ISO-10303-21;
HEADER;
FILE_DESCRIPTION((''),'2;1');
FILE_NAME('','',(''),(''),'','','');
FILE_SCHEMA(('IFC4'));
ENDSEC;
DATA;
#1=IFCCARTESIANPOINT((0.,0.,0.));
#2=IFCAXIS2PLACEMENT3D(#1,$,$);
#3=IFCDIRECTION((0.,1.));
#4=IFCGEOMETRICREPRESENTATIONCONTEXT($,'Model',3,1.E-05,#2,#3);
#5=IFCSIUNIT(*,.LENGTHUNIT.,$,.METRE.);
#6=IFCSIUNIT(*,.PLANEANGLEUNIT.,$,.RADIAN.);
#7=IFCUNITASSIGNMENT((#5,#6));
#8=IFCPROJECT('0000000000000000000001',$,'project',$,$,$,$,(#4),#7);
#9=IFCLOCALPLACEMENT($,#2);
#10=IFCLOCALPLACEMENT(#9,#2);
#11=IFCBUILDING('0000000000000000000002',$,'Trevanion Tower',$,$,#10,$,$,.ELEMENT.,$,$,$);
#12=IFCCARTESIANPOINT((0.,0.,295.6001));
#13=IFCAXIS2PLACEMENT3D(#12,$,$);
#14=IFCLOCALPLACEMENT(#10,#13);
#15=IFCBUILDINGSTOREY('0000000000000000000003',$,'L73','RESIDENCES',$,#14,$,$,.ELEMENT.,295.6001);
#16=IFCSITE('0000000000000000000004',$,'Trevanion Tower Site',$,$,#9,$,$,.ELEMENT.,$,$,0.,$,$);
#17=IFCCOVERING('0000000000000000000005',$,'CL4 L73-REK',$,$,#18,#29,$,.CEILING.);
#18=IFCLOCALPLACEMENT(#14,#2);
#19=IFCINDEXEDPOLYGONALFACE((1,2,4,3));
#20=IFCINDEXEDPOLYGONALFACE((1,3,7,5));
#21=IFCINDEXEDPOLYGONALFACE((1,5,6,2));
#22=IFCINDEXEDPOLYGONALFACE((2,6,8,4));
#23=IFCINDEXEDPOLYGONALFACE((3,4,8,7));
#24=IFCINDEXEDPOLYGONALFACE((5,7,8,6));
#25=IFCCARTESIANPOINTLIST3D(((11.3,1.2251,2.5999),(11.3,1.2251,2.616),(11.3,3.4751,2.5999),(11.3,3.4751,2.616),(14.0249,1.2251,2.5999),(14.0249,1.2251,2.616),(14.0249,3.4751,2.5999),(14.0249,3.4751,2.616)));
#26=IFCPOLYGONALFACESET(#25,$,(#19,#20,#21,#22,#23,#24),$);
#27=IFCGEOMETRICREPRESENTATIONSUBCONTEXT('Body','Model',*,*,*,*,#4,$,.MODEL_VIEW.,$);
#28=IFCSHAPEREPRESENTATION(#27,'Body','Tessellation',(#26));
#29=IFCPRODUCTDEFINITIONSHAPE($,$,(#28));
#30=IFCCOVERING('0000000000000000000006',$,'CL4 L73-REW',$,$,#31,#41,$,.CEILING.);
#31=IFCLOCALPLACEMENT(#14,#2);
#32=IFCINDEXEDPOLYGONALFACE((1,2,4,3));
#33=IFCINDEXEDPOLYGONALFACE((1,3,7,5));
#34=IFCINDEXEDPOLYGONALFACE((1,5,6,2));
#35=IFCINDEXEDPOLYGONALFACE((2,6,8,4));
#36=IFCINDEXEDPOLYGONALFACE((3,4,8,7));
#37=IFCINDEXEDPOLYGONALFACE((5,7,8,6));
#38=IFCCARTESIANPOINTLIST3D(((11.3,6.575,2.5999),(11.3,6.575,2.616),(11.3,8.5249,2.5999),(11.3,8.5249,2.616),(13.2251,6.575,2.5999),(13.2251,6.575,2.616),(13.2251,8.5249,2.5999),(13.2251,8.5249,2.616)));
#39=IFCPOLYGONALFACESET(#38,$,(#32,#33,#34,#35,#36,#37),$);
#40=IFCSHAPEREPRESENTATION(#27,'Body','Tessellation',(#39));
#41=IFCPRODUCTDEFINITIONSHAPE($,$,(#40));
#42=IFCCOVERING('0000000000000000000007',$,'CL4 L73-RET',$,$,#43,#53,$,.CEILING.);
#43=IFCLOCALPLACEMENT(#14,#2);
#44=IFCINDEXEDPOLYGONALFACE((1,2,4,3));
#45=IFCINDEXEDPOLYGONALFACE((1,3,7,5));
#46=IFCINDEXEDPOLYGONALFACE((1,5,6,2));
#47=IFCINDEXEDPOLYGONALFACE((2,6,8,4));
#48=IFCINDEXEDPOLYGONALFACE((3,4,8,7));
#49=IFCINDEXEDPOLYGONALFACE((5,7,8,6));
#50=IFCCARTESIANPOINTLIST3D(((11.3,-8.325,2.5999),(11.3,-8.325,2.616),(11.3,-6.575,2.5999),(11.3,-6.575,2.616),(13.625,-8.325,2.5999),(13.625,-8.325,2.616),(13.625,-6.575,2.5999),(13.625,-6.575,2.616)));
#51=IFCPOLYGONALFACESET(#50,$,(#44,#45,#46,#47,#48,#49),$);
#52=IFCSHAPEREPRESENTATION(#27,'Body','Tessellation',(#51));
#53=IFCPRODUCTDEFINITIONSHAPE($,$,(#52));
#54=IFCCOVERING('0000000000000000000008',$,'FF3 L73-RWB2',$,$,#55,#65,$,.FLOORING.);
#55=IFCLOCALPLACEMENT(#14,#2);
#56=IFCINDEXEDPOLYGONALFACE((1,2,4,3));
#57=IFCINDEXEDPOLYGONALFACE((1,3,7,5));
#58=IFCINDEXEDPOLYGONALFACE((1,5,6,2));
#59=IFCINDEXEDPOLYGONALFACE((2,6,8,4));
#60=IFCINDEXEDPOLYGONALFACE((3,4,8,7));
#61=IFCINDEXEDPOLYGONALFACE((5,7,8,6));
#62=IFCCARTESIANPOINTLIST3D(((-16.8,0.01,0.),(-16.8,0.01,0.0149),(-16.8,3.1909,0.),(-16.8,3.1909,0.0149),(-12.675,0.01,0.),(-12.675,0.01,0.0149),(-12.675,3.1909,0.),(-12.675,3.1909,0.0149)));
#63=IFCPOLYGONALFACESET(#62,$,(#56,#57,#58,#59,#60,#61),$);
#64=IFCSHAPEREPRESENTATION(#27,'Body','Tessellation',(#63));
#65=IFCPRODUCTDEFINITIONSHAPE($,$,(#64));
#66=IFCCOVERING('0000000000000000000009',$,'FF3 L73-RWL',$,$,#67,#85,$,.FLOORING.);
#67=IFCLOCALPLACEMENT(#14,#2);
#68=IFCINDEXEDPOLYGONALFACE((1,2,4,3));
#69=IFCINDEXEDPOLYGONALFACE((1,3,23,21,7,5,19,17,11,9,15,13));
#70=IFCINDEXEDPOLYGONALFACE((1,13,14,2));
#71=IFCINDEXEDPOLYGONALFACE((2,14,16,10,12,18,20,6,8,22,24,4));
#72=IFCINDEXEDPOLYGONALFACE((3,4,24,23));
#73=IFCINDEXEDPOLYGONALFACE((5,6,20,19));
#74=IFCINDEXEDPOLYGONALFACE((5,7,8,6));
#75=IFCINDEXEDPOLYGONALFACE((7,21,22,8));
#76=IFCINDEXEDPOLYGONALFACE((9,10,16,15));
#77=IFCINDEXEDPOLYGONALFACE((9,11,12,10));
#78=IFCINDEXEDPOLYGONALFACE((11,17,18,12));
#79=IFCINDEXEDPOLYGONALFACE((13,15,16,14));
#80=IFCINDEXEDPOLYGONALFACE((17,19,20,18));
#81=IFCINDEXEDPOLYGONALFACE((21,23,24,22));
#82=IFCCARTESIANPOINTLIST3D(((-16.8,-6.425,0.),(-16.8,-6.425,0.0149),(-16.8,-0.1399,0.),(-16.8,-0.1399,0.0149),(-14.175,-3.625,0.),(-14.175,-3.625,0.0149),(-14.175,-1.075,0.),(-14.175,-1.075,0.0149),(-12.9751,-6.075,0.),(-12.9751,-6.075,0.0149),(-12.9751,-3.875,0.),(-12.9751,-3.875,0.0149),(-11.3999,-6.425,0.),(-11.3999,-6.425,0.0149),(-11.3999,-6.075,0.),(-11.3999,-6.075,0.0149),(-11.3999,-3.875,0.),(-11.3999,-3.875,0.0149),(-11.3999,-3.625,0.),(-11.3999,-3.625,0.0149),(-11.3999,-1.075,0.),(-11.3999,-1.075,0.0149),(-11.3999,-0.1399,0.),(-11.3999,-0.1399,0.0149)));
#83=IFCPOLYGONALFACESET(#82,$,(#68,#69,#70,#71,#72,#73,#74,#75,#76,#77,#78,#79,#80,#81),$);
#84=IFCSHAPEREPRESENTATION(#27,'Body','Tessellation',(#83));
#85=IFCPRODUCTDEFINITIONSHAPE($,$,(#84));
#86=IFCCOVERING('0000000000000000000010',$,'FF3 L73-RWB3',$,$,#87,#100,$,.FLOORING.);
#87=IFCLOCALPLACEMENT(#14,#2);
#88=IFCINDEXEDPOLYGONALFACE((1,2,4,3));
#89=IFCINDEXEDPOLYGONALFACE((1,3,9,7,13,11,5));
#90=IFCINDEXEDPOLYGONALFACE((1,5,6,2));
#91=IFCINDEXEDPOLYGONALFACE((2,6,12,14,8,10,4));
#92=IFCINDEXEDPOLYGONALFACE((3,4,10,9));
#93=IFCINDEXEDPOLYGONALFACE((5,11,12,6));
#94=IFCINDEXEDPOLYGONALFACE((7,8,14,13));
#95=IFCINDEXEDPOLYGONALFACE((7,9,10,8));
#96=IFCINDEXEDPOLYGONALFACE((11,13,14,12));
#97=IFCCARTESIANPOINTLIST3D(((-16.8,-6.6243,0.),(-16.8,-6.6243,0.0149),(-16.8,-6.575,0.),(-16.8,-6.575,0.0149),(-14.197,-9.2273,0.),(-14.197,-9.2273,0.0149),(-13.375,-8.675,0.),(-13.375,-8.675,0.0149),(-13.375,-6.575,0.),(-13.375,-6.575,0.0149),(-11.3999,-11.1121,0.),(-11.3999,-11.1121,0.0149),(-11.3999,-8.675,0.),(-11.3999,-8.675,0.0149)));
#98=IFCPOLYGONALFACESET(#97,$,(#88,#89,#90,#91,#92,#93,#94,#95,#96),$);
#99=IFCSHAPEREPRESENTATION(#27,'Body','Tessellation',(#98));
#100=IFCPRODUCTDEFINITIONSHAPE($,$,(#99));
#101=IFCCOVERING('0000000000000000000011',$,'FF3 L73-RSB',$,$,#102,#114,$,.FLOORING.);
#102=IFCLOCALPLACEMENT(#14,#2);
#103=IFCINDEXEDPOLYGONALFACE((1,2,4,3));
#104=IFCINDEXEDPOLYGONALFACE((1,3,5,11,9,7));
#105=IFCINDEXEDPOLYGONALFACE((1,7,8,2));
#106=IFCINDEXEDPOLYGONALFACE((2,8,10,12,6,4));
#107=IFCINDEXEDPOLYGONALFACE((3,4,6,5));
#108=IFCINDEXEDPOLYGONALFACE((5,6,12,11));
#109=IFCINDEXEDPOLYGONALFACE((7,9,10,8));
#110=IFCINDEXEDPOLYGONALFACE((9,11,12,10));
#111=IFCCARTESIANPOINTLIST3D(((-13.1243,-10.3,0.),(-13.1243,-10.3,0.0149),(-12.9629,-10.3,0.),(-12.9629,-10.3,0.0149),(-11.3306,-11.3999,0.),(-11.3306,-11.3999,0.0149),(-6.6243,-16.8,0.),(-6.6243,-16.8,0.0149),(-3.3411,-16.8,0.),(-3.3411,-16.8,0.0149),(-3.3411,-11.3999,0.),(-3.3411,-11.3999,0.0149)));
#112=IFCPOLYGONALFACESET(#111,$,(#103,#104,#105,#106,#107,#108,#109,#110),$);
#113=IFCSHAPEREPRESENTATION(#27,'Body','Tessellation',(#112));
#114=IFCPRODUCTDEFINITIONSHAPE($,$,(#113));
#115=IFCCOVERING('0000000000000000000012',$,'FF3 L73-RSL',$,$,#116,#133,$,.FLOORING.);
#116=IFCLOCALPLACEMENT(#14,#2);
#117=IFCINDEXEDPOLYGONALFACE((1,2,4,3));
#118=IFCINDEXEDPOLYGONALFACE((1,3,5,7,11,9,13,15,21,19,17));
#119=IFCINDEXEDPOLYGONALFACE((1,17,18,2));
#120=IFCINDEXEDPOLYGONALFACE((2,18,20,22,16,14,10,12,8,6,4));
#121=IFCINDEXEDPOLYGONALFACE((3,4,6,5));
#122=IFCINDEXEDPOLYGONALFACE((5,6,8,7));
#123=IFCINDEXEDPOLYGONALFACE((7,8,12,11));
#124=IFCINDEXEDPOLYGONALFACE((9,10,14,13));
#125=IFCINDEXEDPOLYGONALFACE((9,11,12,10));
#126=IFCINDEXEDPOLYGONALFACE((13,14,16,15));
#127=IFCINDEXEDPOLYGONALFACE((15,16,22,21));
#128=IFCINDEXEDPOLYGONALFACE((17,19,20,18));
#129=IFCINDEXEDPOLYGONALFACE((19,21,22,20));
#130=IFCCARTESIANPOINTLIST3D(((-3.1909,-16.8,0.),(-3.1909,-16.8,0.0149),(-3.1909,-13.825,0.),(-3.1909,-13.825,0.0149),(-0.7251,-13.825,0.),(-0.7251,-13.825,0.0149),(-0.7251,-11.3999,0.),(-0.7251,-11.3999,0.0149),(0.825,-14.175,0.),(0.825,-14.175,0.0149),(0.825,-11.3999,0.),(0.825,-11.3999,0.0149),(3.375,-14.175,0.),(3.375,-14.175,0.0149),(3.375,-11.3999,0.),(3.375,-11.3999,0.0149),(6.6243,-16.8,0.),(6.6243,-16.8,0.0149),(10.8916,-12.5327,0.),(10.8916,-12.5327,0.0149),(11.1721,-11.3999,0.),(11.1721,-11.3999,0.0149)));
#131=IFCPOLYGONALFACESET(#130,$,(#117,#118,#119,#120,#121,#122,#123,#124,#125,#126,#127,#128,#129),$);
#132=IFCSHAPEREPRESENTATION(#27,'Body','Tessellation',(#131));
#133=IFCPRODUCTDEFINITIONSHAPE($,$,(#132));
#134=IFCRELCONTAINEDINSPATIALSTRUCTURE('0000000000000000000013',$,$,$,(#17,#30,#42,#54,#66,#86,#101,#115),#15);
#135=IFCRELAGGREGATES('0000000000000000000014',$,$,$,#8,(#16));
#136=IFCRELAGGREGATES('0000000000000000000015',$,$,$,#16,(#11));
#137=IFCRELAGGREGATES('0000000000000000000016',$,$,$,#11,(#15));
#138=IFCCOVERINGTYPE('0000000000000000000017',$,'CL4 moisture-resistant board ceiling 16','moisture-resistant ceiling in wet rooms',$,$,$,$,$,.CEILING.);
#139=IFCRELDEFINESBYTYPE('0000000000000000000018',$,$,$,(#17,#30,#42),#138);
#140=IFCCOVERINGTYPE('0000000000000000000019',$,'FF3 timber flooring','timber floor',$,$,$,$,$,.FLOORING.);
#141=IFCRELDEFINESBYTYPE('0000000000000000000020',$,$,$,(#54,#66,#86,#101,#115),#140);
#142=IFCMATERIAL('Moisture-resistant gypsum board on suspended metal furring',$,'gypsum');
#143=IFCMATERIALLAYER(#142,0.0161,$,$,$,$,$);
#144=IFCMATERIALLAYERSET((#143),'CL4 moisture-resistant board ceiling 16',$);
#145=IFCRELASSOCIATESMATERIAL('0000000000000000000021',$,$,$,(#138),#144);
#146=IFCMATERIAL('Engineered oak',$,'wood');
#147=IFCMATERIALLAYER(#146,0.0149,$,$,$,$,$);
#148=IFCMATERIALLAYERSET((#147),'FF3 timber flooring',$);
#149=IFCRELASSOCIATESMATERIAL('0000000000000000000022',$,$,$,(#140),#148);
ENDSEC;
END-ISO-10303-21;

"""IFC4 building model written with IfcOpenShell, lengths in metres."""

from ifc_helpers import new_model, si_unit, direction, frame, origin, place, context, subcontext, project, spatial, polyline, outline, extrude, material, layer, layer_set, type_object, element, save


model = new_model("IFC4")

# Units and contexts
model_context = context("Model", 3, precision=1e-05, world=origin(), true_north=direction((0.0, 1.0)))
body_context = subcontext(model_context, "Body", "Model", "MODEL_VIEW")
ifc_project = project(units=[si_unit("LENGTHUNIT", "METRE"), si_unit("PLANEANGLEUNIT", "RADIAN")], contexts=[model_context])

# Site, building, storey
site_placement = place(None, origin())
site = spatial("IfcSite", under=ifc_project, at=site_placement, Name="Trevanion Tower Site", CompositionType="ELEMENT", RefElevation=0.0)
building_placement = place(site_placement, origin())
building = spatial("IfcBuilding", under=site, at=building_placement, Name="Trevanion Tower", CompositionType="ELEMENT")
storey_placement = place(building_placement, frame((0.0, 0.0, 295.6001)))
storey = spatial("IfcBuildingStorey", under=building, at=storey_placement, Name="L73", Description="RESIDENCES", CompositionType="ELEMENT", Elevation=295.6001)

# Coverings
ifc_material_1 = material(Name="Moisture-resistant gypsum board on suspended metal furring", Category="gypsum")
ifc_layer_1 = layer(ifc_material_1, 0.0161)
ifc_layer_set_1 = layer_set([ifc_layer_1], Name="CL4 moisture-resistant board ceiling 16")
covering_type_1 = type_object("IfcCoveringType", Name="CL4 moisture-resistant board ceiling 16", Description="moisture-resistant ceiling in wet rooms", PredefinedType="CEILING", material=ifc_layer_set_1)
covering_1_placement = place(storey_placement, frame((0.0, 0.0, 2.5999)))
element("IfcCovering", 1, at=covering_1_placement, inside=storey, type_object=covering_type_1, Name="CL4 L73-REK", PredefinedType="CEILING", context=body_context, shape_type="SweptSolid", body=[
    extrude(outline(polyline([(14.0249, 1.2251), (14.0249, 3.4751), (11.3, 3.4751), (11.3, 1.2251), (14.0249, 1.2251)])), origin(), (0.0, 0.0, 1.0), 0.0161),
])
covering_2_placement = place(storey_placement, frame((0.0, 0.0, 2.5999)))
element("IfcCovering", 2, at=covering_2_placement, inside=storey, type_object=covering_type_1, Name="CL4 L73-REW", PredefinedType="CEILING", context=body_context, shape_type="SweptSolid", body=[
    extrude(outline(polyline([(13.2251, 6.575), (13.2251, 8.5249), (11.3, 8.5249), (11.3, 6.575), (13.2251, 6.575)])), origin(), (0.0, 0.0, 1.0), 0.0161),
])
covering_3_placement = place(storey_placement, frame((0.0, 0.0, 2.5999)))
element("IfcCovering", 3, at=covering_3_placement, inside=storey, type_object=covering_type_1, Name="CL4 L73-RET", PredefinedType="CEILING", context=body_context, shape_type="SweptSolid", body=[
    extrude(outline(polyline([(13.625, -8.325), (13.625, -6.575), (11.3, -6.575), (11.3, -8.325), (13.625, -8.325)])), origin(), (0.0, 0.0, 1.0), 0.0161),
])
ifc_material_2 = material(Name="Engineered oak", Category="wood")
ifc_layer_2 = layer(ifc_material_2, 0.0149)
ifc_layer_set_2 = layer_set([ifc_layer_2], Name="FF3 timber flooring")
covering_type_2 = type_object("IfcCoveringType", Name="FF3 timber flooring", Description="timber floor", PredefinedType="FLOORING", material=ifc_layer_set_2)
covering_4_placement = place(storey_placement, origin())
element("IfcCovering", 4, at=covering_4_placement, inside=storey, type_object=covering_type_2, Name="FF3 L73-RWB2", PredefinedType="FLOORING", context=body_context, shape_type="SweptSolid", body=[
    extrude(outline(polyline([(-12.675, 3.1909), (-12.675, 0.01), (-16.8, 0.01), (-16.8, 3.1909), (-12.675, 3.1909)])), origin(), (0.0, 0.0, 1.0), 0.0149),
])
covering_5_placement = place(storey_placement, origin())
element("IfcCovering", 5, at=covering_5_placement, inside=storey, type_object=covering_type_2, Name="FF3 L73-RWL", PredefinedType="FLOORING", context=body_context, shape_type="SweptSolid", body=[
    extrude(outline(polyline([(-11.3999, -0.1399), (-11.3999, -1.075), (-14.175, -1.075), (-14.175, -3.625), (-11.3999, -3.625), (-11.3999, -3.875), (-12.9751, -3.875), (-12.9751, -6.075), (-11.3999, -6.075), (-11.3999, -6.425), (-16.8, -6.425), (-16.8, -0.1399), (-11.3999, -0.1399)])), origin(), (0.0, 0.0, 1.0), 0.0149),
])
covering_6_placement = place(storey_placement, origin())
element("IfcCovering", 6, at=covering_6_placement, inside=storey, type_object=covering_type_2, Name="FF3 L73-RWB3", PredefinedType="FLOORING", context=body_context, shape_type="SweptSolid", body=[
    extrude(outline(polyline([(-13.375, -6.575), (-13.375, -8.675), (-11.3999, -8.675), (-11.3999, -11.1121), (-14.197, -9.2273), (-16.8, -6.6243), (-16.8, -6.575), (-13.375, -6.575)])), origin(), (0.0, 0.0, 1.0), 0.0149),
])
covering_7_placement = place(storey_placement, origin())
element("IfcCovering", 7, at=covering_7_placement, inside=storey, type_object=covering_type_2, Name="FF3 L73-RSB", PredefinedType="FLOORING", context=body_context, shape_type="SweptSolid", body=[
    extrude(outline(polyline([(-12.9629, -10.3), (-11.3306, -11.3999), (-3.3411, -11.3999), (-3.3411, -16.8), (-6.6243, -16.8), (-13.1243, -10.3), (-12.9629, -10.3)])), origin(), (0.0, 0.0, 1.0), 0.0149),
])
covering_8_placement = place(storey_placement, origin())
element("IfcCovering", 8, at=covering_8_placement, inside=storey, type_object=covering_type_2, Name="FF3 L73-RSL", PredefinedType="FLOORING", context=body_context, shape_type="SweptSolid", body=[
    extrude(outline(polyline([(10.8916, -12.5327), (6.6243, -16.8), (-3.1909, -16.8), (-3.1909, -13.825), (-0.7251, -13.825), (-0.7251, -11.3999), (0.825, -11.3999), (0.825, -14.175), (3.375, -14.175), (3.375, -11.3999), (11.1721, -11.3999), (10.8916, -12.5327)])), origin(), (0.0, 0.0, 1.0), 0.0149),
])

save(model, "model.ifc")
